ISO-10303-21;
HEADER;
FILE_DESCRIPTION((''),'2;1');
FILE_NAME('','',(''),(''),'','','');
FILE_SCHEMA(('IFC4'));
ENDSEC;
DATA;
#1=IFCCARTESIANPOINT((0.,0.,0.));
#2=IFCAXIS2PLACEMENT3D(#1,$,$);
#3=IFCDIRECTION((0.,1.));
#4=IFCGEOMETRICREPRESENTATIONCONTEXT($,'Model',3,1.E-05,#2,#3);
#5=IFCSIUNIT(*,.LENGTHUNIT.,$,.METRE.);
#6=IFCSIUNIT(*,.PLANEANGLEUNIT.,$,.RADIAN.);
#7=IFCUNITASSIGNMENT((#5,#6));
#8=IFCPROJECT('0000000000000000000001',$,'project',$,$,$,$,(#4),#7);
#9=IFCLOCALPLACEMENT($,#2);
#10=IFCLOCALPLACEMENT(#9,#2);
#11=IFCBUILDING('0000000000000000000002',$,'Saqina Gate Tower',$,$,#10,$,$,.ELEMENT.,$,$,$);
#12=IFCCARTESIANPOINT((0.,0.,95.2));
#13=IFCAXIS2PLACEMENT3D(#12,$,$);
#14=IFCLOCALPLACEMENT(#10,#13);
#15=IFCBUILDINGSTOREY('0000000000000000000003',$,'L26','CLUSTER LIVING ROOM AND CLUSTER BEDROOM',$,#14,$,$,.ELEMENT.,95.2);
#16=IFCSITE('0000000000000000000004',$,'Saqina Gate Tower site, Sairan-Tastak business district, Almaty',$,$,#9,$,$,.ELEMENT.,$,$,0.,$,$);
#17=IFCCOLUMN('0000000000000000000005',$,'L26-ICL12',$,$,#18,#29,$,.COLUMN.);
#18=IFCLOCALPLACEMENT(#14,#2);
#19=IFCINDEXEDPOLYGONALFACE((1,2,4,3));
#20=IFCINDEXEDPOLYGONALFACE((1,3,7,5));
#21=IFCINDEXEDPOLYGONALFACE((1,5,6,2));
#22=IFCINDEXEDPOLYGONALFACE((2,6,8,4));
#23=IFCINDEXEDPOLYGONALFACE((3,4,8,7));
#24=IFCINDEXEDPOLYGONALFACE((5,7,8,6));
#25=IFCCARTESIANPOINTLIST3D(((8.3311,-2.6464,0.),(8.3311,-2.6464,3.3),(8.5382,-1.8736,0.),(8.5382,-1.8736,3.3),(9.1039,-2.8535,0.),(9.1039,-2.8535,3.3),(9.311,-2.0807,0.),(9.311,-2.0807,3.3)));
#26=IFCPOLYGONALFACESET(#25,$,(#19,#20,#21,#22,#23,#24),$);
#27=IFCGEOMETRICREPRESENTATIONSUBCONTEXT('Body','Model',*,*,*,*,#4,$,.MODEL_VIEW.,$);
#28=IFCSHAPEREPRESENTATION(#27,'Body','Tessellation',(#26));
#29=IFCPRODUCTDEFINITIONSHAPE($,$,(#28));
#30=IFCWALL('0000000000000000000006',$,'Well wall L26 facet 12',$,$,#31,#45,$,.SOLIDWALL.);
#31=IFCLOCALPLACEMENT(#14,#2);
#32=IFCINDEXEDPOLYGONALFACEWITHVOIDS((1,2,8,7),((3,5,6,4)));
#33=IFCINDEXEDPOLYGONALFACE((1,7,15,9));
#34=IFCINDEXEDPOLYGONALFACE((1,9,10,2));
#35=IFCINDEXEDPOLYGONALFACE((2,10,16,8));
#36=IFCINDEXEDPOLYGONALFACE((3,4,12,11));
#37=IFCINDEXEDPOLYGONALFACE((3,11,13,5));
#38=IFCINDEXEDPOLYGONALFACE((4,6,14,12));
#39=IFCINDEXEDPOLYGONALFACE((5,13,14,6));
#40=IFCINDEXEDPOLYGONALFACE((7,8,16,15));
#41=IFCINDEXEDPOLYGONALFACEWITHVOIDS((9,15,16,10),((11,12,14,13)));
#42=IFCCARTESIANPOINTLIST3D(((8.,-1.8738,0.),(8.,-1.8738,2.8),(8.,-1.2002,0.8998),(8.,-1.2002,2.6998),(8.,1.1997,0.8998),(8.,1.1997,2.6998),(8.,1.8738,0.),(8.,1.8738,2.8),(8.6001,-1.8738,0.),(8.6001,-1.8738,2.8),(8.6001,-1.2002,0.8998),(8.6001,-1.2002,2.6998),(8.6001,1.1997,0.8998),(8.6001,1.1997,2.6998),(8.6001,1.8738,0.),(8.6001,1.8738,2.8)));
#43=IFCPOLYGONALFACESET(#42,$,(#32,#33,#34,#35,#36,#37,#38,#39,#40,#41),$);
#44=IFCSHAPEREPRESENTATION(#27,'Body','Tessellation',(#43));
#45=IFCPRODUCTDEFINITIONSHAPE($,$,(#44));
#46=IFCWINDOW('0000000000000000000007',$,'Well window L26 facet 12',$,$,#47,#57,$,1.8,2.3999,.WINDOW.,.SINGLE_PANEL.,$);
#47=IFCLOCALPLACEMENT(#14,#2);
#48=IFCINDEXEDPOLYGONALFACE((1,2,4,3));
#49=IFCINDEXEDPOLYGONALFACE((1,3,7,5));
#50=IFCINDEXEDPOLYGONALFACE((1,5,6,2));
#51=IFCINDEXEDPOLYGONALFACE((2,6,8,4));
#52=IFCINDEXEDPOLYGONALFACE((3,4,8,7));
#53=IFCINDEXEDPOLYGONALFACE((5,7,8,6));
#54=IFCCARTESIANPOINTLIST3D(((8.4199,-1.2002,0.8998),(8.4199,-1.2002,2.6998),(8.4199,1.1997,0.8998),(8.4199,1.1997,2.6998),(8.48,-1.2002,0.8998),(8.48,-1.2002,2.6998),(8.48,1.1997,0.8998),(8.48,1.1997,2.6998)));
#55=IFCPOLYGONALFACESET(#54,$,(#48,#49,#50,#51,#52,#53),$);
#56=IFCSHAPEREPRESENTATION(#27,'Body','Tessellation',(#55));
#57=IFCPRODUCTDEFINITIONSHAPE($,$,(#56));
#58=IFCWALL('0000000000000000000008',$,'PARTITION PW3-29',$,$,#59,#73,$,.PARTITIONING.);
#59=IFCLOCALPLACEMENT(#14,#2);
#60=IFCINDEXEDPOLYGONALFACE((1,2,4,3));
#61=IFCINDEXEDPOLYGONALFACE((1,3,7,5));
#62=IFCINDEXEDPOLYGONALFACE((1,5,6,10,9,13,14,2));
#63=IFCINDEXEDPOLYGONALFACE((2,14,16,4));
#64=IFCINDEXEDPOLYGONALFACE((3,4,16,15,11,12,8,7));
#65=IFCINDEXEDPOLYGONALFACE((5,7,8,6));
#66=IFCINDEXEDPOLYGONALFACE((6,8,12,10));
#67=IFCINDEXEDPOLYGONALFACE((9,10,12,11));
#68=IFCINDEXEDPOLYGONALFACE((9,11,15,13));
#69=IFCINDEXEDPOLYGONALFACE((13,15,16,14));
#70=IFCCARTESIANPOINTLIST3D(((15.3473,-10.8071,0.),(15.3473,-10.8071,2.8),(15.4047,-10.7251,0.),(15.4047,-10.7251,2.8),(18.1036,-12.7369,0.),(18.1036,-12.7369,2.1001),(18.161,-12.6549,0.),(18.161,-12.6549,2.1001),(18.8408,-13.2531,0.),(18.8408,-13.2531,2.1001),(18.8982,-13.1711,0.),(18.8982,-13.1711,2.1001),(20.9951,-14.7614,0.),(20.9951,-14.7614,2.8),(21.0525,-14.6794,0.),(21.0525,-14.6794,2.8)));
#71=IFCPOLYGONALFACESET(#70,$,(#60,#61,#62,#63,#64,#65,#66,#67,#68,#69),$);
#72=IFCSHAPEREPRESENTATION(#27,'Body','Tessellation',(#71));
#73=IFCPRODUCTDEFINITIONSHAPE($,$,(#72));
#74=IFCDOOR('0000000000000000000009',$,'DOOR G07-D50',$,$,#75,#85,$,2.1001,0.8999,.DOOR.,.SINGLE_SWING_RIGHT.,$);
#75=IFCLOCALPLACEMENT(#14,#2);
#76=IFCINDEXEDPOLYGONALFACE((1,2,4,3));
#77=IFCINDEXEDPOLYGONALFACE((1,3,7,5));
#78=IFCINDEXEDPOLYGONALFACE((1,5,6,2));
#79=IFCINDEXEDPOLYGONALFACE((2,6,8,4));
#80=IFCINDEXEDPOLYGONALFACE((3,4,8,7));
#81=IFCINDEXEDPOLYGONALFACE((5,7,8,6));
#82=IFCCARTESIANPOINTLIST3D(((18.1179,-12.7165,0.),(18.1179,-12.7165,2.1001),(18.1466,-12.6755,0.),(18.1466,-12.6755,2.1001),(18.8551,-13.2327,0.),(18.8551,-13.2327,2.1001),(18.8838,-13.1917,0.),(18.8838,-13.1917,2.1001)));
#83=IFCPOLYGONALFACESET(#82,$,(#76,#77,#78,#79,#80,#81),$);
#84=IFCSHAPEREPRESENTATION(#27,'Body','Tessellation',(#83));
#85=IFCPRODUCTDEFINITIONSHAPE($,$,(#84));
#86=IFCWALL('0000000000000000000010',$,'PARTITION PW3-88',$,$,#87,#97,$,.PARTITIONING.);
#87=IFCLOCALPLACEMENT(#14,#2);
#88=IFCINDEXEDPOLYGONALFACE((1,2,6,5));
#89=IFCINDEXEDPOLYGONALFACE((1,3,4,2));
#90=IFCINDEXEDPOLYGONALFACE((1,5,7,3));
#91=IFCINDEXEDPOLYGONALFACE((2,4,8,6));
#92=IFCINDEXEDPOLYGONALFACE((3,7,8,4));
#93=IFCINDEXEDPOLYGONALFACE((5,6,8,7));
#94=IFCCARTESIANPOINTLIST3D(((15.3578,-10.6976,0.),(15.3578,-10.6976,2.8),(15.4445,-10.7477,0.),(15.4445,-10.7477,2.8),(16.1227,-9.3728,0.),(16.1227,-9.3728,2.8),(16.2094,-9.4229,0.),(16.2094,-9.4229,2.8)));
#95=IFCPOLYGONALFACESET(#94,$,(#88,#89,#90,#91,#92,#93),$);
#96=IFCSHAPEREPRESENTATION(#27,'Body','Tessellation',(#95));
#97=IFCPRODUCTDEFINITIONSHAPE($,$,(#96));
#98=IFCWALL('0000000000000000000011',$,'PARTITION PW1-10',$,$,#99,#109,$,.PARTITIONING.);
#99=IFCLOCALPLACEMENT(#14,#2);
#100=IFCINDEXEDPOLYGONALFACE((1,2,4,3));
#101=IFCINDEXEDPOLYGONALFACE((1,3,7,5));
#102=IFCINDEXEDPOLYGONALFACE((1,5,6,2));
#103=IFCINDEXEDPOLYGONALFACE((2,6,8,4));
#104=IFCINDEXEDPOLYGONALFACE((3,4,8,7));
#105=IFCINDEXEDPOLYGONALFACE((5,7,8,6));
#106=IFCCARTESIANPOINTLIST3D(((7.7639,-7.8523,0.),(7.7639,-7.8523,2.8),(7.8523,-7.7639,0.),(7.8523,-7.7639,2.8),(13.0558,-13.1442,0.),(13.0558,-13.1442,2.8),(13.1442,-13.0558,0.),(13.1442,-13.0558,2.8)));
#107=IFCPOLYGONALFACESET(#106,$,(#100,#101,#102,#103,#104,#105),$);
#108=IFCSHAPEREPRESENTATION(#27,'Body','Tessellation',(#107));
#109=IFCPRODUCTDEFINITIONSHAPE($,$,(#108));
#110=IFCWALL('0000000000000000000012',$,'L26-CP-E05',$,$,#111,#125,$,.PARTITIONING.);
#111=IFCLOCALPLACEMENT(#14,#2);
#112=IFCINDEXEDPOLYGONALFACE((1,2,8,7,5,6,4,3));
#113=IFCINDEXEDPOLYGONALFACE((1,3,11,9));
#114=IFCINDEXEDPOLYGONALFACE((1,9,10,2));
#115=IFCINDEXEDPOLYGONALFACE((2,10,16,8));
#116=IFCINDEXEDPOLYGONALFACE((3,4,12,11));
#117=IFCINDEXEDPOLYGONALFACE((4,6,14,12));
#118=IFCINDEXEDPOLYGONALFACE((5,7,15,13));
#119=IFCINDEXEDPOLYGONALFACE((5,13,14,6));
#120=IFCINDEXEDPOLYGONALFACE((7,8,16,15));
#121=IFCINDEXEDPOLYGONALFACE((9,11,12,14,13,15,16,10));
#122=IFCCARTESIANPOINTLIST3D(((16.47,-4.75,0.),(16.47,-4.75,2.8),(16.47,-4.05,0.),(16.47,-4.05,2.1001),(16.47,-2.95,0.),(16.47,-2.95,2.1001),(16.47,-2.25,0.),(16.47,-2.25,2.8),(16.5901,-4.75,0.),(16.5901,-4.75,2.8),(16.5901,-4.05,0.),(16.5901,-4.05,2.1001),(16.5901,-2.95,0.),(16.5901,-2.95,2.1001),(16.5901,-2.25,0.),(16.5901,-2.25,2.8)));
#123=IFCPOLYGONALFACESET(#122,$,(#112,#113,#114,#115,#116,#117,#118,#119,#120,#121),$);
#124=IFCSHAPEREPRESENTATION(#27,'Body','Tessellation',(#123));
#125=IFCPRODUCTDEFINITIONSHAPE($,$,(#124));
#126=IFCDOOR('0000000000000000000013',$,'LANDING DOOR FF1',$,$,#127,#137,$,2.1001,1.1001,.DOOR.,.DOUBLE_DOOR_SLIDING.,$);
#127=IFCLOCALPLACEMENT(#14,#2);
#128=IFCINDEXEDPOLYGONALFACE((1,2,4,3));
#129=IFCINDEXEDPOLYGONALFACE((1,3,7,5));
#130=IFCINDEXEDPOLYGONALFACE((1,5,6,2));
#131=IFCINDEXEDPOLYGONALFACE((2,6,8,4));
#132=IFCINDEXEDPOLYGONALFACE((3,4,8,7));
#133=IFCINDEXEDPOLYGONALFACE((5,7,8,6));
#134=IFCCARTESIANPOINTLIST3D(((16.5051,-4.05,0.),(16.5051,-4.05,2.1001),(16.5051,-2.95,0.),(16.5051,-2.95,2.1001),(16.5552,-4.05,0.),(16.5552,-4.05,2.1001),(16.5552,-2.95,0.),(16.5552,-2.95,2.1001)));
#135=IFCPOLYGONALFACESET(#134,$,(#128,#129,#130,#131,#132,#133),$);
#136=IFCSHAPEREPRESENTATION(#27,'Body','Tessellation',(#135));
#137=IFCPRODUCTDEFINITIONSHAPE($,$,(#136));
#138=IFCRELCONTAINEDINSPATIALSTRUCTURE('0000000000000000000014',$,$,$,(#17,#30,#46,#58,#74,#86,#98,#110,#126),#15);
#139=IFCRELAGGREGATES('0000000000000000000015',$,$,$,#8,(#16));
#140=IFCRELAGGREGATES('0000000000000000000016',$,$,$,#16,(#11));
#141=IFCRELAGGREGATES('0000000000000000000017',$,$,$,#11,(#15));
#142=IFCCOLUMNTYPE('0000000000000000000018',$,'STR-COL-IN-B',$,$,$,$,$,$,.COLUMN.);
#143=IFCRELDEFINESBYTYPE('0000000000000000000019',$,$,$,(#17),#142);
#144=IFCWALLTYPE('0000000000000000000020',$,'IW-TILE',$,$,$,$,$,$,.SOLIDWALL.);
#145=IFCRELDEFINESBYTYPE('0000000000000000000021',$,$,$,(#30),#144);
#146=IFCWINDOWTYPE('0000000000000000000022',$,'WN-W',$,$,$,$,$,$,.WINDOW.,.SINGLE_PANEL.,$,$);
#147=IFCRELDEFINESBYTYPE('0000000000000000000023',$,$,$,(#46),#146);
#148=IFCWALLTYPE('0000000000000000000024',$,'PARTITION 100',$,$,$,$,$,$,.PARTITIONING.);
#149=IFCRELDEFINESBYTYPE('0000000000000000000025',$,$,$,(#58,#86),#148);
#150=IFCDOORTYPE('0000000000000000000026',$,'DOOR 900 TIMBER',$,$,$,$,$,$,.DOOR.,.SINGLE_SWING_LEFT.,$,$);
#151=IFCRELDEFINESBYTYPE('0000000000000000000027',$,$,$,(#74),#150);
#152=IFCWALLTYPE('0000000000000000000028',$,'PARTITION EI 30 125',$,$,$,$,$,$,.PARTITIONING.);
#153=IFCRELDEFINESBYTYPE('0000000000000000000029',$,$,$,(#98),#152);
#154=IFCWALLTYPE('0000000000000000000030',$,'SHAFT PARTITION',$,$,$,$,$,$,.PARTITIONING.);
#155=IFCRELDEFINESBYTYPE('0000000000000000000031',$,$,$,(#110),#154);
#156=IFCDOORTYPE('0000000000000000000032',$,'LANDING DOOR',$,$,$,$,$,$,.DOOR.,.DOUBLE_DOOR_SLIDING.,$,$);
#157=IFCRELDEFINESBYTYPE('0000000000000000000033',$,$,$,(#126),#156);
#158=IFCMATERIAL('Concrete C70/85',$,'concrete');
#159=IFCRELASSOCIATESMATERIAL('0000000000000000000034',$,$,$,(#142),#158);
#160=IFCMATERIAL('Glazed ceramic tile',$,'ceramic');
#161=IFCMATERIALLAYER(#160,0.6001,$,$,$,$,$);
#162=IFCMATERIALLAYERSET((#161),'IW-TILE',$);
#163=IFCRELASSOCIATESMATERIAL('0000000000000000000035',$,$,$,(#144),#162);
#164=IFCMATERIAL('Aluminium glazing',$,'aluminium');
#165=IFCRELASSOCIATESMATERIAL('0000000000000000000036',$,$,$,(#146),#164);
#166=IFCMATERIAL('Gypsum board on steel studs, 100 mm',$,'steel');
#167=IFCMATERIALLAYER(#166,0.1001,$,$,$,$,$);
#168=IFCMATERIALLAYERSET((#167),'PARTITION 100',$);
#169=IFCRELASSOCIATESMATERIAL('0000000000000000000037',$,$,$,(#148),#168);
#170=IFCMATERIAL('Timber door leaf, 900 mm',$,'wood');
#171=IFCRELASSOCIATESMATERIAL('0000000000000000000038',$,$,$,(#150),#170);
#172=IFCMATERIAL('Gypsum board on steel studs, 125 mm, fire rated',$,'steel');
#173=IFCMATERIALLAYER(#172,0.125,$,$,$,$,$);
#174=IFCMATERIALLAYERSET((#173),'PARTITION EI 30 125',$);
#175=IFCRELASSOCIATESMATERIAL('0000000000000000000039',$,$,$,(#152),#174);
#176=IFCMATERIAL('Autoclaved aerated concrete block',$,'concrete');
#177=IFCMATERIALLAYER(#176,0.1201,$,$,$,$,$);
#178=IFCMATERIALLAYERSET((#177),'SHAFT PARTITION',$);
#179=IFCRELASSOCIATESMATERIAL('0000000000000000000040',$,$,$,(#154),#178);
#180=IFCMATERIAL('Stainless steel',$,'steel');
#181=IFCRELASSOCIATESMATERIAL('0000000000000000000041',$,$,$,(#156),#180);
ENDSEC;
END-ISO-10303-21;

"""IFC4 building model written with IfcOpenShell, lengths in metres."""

from ifc_helpers import new_model, si_unit, direction, frame, frame_2d, origin, origin_2d, place, context, subcontext, project, spatial, rectangle, extrude, material, layer, layer_set, material_profile, profile_set, type_object, element, fill, save


model = new_model("IFC4")

# Units and contexts
model_context = context("Model", 3, precision=1e-05, world=origin(), true_north=direction((0.0, 1.0)))
body_context = subcontext(model_context, "Body", "Model", "MODEL_VIEW")
ifc_project = project(units=[si_unit("LENGTHUNIT", "METRE"), si_unit("PLANEANGLEUNIT", "RADIAN")], contexts=[model_context])

# Site, building, storey
site_placement = place(None, origin())
site = spatial("IfcSite", under=ifc_project, at=site_placement, Name="Saqina Gate Tower site, Sairan-Tastak business district, Almaty", CompositionType="ELEMENT", RefElevation=0.0)
building_placement = place(site_placement, origin())
building = spatial("IfcBuilding", under=site, at=building_placement, Name="Saqina Gate Tower", CompositionType="ELEMENT")
storey_placement = place(building_placement, frame((0.0, 0.0, 95.2)))
storey = spatial("IfcBuildingStorey", under=building, at=storey_placement, Name="L26", Description="CLUSTER LIVING ROOM AND CLUSTER BEDROOM", CompositionType="ELEMENT", Elevation=95.2)

# Column
ifc_material_1 = material(Name="Concrete C70/85", Category="concrete")
ifc_material_profile = material_profile(ifc_material_1, rectangle(XDim=0.8, YDim=0.8, at=origin_2d()), Name="RC 800x800")
ifc_profile_set = profile_set([ifc_material_profile], Name="Concrete C70/85")
column_type = type_object("IfcColumnType", Name="STR-COL-IN-B", PredefinedType="COLUMN", material=ifc_profile_set)
column_placement = place(storey_placement, frame((8.821, -2.3635, 0.0), z_axis=(0.0, 0.0, 1.0), x_axis=(0.965926, -0.258819, 0.0)))
element("IfcColumn", 1, at=column_placement, inside=storey, type_object=column_type, Name="L26-ICL12", PredefinedType="COLUMN", context=body_context, shape_type="SweptSolid", body=[
    extrude(rectangle(XDim=0.8, YDim=0.8, at=origin_2d()), origin(), (0.0, 0.0, 1.0), 3.3),
])

# Wall, opening, window
ifc_material_2 = material(Name="Glazed ceramic tile", Category="ceramic")
ifc_layer_1 = layer(ifc_material_2, 0.6001)
ifc_layer_set_1 = layer_set([ifc_layer_1], Name="IW-TILE")
wall_type_1 = type_object("IfcWallType", Name="IW-TILE", PredefinedType="SOLIDWALL", material=ifc_layer_set_1)
wall_1_placement = place(storey_placement, frame((8.3, -1.8738, 0.0), z_axis=(0.0, 0.0, 1.0), x_axis=(0.0, 1.0, 0.0)))
wall_1 = element("IfcWall", 2, at=wall_1_placement, inside=storey, type_object=wall_type_1, Name="Well wall L26 facet 12", PredefinedType="SOLIDWALL", context=body_context, shape_type="SweptSolid", body=[
    extrude(rectangle(XDim=3.7476, YDim=0.6001, at=frame_2d((1.8738, 0.0))), origin(), (0.0, 0.0, 1.0), 2.8),
])
opening_1_placement = place(wall_1_placement, frame((0.6736, 0.0, 0.8999)))
opening_1 = element("IfcOpeningElement", 3, at=opening_1_placement, cuts=wall_1, PredefinedType="OPENING", context=body_context, shape_type="SweptSolid", body=[
    extrude(rectangle(XDim=2.3999, YDim=1.8, at=frame_2d((1.2, 0.8999))), frame((0.0, 0.312, 0.0), z_axis=(0.0, -1.0, 0.0), x_axis=(1.0, 0.0, 0.0)), (0.0, 0.0, 1.0), 0.624),
])
ifc_material_3 = material(Name="Aluminium glazing", Category="aluminium")
window_type = type_object("IfcWindowType", Name="WN-W", PartitioningType="SINGLE_PANEL", PredefinedType="WINDOW", material=ifc_material_3)
window_placement = place(opening_1_placement, origin())
window = element("IfcWindow", 4, at=window_placement, inside=storey, type_object=window_type, Name="Well window L26 facet 12", OverallHeight=1.8, OverallWidth=2.3999, PartitioningType="SINGLE_PANEL", PredefinedType="WINDOW", context=body_context, shape_type="SweptSolid", body=[
    extrude(rectangle(XDim=2.3999, YDim=1.8, at=frame_2d((1.2, 0.8999))), frame((0.0, -0.1199, 0.0), z_axis=(0.0, -1.0, 0.0), x_axis=(1.0, 0.0, 0.0)), (0.0, 0.0, 1.0), 0.0601),
])
fill(opening_1, window)

# Wall, opening, door
ifc_material_4 = material(Name="Gypsum board on steel studs, 100 mm", Category="steel")
ifc_layer_2 = layer(ifc_material_4, 0.1001)
ifc_layer_set_2 = layer_set([ifc_layer_2], Name="PARTITION 100")
wall_type_2 = type_object("IfcWallType", Name="PARTITION 100", PredefinedType="PARTITIONING", material=ifc_layer_set_2)
wall_2_placement = place(storey_placement, frame((15.376, -10.7661, 0.0), z_axis=(0.0, 0.0, 1.0), x_axis=(0.819179, -0.573538, 0.0)))
wall_2 = element("IfcWall", 5, at=wall_2_placement, inside=storey, type_object=wall_type_2, Name="PARTITION PW3-29", PredefinedType="PARTITIONING", context=body_context, shape_type="SweptSolid", body=[
    extrude(rectangle(XDim=6.8945, YDim=0.1001, at=frame_2d((3.4473, 0.0))), origin(), (0.0, 0.0, 1.0), 2.8),
])
opening_2_placement = place(wall_2_placement, frame((3.3647, 0.0, 0.0)))
opening_2 = element("IfcOpeningElement", 6, at=opening_2_placement, cuts=wall_2, PredefinedType="OPENING", context=body_context, shape_type="SweptSolid", body=[
    extrude(rectangle(XDim=0.8999, YDim=2.1001, at=frame_2d((0.45, 1.05))), frame((0.0, 0.062, 0.0), z_axis=(0.0, -1.0, 0.0), x_axis=(1.0, 0.0, 0.0)), (0.0, 0.0, 1.0), 0.124),
])
ifc_material_5 = material(Name="Timber door leaf, 900 mm", Category="wood")
door_type_1 = type_object("IfcDoorType", Name="DOOR 900 TIMBER", OperationType="SINGLE_SWING_LEFT", PredefinedType="DOOR", material=ifc_material_5)
door_1_placement = place(opening_2_placement, origin())
door_1 = element("IfcDoor", 7, at=door_1_placement, inside=storey, type_object=door_type_1, Name="DOOR G07-D50", OperationType="SINGLE_SWING_RIGHT", OverallHeight=2.1001, OverallWidth=0.8999, PredefinedType="DOOR", context=body_context, shape_type="SweptSolid", body=[
    extrude(rectangle(XDim=0.8999, YDim=2.1001, at=frame_2d((0.45, 1.05))), frame((0.0, 0.0249, 0.0), z_axis=(0.0, -1.0, 0.0), x_axis=(1.0, 0.0, 0.0)), (0.0, 0.0, 1.0), 0.05),
])
fill(opening_2, door_1)

# Walls
wall_3_placement = place(storey_placement, frame((15.4011, -10.7227, 0.0), z_axis=(0.0, 0.0, 1.0), x_axis=(0.500036, 0.866005, 0.0)))
element("IfcWall", 8, at=wall_3_placement, inside=storey, type_object=wall_type_2, Name="PARTITION PW3-88", PredefinedType="PARTITIONING", context=body_context, shape_type="SweptSolid", body=[
    extrude(rectangle(XDim=1.5298, YDim=0.1001, at=frame_2d((0.7649, 0.0))), origin(), (0.0, 0.0, 1.0), 2.8),
])
ifc_material_6 = material(Name="Gypsum board on steel studs, 125 mm, fire rated", Category="steel")
ifc_layer_3 = layer(ifc_material_6, 0.125)
ifc_layer_set_3 = layer_set([ifc_layer_3], Name="PARTITION EI 30 125")
wall_type_3 = type_object("IfcWallType", Name="PARTITION EI 30 125", PredefinedType="PARTITIONING", material=ifc_layer_set_3)
wall_4_placement = place(storey_placement, frame((7.8081, -7.8081, 0.0), z_axis=(0.0, 0.0, 1.0), x_axis=(0.707107, -0.707107, 0.0)))
element("IfcWall", 9, at=wall_4_placement, inside=storey, type_object=wall_type_3, Name="PARTITION PW1-10", PredefinedType="PARTITIONING", context=body_context, shape_type="SweptSolid", body=[
    extrude(rectangle(XDim=7.4839, YDim=0.125, at=frame_2d((3.7419, 0.0))), origin(), (0.0, 0.0, 1.0), 2.8),
])

# Wall, opening, door
ifc_material_7 = material(Name="Autoclaved aerated concrete block", Category="concrete")
ifc_layer_4 = layer(ifc_material_7, 0.1201)
ifc_layer_set_4 = layer_set([ifc_layer_4], Name="SHAFT PARTITION")
wall_type_4 = type_object("IfcWallType", Name="SHAFT PARTITION", PredefinedType="PARTITIONING", material=ifc_layer_set_4)
wall_5_placement = place(storey_placement, frame((16.53, -4.75, 0.0), z_axis=(0.0, 0.0, 1.0), x_axis=(0.0, 1.0, 0.0)))
wall_5 = element("IfcWall", 10, at=wall_5_placement, inside=storey, type_object=wall_type_4, Name="L26-CP-E05", PredefinedType="PARTITIONING", context=body_context, shape_type="SweptSolid", body=[
    extrude(rectangle(XDim=2.5, YDim=0.1201, at=frame_2d((1.25, 0.0))), origin(), (0.0, 0.0, 1.0), 2.8),
])
opening_3_placement = place(wall_5_placement, frame((0.7, 0.0, 0.0)))
opening_3 = element("IfcOpeningElement", 11, at=opening_3_placement, cuts=wall_5, PredefinedType="OPENING", context=body_context, shape_type="SweptSolid", body=[
    extrude(rectangle(XDim=1.1001, YDim=2.1001, at=frame_2d((0.55, 1.05))), frame((0.0, 0.072, 0.0), z_axis=(0.0, -1.0, 0.0), x_axis=(1.0, 0.0, 0.0)), (0.0, 0.0, 1.0), 0.144),
])
ifc_material_8 = material(Name="Stainless steel", Category="steel")
door_type_2 = type_object("IfcDoorType", Name="LANDING DOOR", OperationType="DOUBLE_DOOR_SLIDING", PredefinedType="DOOR", material=ifc_material_8)
door_2_placement = place(opening_3_placement, origin())
door_2 = element("IfcDoor", 12, at=door_2_placement, inside=storey, type_object=door_type_2, Name="LANDING DOOR FF1", OperationType="DOUBLE_DOOR_SLIDING", OverallHeight=2.1001, OverallWidth=1.1001, PredefinedType="DOOR", context=body_context, shape_type="SweptSolid", body=[
    extrude(rectangle(XDim=1.1001, YDim=2.1001, at=frame_2d((0.55, 1.05))), frame((0.0, 0.0249, 0.0), z_axis=(0.0, -1.0, 0.0), x_axis=(1.0, 0.0, 0.0)), (0.0, 0.0, 1.0), 0.05),
])
fill(opening_3, door_2)

save(model, "model.ifc")
